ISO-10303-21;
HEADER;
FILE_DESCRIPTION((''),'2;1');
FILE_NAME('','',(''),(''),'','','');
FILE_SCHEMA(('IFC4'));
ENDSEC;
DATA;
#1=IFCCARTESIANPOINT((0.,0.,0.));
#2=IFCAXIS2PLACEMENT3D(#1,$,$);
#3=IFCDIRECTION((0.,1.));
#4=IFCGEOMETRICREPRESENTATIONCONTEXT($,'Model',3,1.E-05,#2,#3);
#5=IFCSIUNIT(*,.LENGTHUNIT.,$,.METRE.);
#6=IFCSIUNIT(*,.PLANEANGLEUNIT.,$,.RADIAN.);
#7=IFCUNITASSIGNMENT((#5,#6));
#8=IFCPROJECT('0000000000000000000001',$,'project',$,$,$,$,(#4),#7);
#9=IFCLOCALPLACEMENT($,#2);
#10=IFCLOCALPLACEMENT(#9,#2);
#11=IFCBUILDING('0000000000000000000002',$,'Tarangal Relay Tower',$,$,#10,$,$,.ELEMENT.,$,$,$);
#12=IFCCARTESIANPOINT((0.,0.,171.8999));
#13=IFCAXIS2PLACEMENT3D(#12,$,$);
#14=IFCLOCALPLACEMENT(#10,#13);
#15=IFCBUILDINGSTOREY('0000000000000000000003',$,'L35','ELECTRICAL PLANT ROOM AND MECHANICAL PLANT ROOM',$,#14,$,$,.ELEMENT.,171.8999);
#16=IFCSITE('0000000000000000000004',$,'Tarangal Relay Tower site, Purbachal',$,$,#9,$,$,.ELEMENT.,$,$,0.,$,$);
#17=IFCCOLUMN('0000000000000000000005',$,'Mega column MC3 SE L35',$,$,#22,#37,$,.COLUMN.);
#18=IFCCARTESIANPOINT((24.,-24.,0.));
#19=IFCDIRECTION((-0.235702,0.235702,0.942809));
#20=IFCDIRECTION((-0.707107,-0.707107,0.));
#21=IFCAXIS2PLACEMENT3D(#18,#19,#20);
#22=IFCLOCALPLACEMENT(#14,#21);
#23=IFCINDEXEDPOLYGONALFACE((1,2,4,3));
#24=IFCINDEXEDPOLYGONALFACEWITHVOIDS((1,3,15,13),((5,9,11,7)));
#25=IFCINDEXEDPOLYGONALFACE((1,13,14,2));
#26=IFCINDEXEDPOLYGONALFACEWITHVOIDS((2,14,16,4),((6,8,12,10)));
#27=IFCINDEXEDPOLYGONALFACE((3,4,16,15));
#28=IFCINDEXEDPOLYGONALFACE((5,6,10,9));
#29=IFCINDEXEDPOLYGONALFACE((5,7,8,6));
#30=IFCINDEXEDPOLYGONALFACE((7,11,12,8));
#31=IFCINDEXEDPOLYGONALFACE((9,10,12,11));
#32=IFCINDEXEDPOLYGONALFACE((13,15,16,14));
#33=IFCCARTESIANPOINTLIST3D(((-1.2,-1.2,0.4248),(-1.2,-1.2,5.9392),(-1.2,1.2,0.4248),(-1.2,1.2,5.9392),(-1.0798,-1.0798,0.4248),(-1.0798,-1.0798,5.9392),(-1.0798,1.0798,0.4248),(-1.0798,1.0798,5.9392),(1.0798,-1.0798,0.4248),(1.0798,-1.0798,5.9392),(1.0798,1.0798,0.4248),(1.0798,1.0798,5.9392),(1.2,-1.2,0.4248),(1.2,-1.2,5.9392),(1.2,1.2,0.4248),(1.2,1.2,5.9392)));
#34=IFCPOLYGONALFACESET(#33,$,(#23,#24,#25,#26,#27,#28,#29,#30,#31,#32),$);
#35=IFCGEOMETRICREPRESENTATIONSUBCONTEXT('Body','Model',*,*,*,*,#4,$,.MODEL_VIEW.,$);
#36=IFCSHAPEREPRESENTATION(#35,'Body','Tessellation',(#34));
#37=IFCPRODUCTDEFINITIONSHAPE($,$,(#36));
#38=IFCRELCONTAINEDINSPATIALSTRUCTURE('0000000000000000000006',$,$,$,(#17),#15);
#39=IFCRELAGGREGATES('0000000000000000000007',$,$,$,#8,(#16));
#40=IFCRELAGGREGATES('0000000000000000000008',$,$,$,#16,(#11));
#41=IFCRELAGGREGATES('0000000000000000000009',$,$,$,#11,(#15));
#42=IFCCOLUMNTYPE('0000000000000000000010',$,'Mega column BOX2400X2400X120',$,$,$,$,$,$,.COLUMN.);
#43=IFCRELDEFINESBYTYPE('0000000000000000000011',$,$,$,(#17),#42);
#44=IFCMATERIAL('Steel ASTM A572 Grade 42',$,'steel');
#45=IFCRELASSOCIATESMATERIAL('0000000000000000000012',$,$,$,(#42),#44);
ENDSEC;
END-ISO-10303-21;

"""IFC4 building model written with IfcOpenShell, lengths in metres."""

from ifc_helpers import new_model, si_unit, direction, frame, origin, origin_2d, place, context, subcontext, project, spatial, hollow_rectangle, extrude, clip, halfspace, material, material_profile, profile_set, type_object, element, save


model = new_model("IFC4")

# Units and contexts
model_context = context("Model", 3, precision=1e-05, world=origin(), true_north=direction((0.0, 1.0)))
body_context = subcontext(model_context, "Body", "Model", "MODEL_VIEW")
ifc_project = project(units=[si_unit("LENGTHUNIT", "METRE"), si_unit("PLANEANGLEUNIT", "RADIAN")], contexts=[model_context])

# Site, building, storey
site_placement = place(None, origin())
site = spatial("IfcSite", under=ifc_project, at=site_placement, Name="Tarangal Relay Tower site, Purbachal", CompositionType="ELEMENT", RefElevation=0.0)
building_placement = place(site_placement, origin())
building = spatial("IfcBuilding", under=site, at=building_placement, Name="Tarangal Relay Tower", CompositionType="ELEMENT")
storey_placement = place(building_placement, frame((0.0, 0.0, 171.8999)))
storey = spatial("IfcBuildingStorey", under=building, at=storey_placement, Name="L35", Description="ELECTRICAL PLANT ROOM AND MECHANICAL PLANT ROOM", CompositionType="ELEMENT", Elevation=171.8999)

# Column
ifc_material_1 = material(Name="Steel ASTM A572 Grade 42", Category="steel")
ifc_material_profile_1 = material_profile(ifc_material_1, hollow_rectangle(XDim=2.3999, YDim=2.3999, WallThickness=0.1201, at=origin_2d()), Name="BOX2400X2400X120")
ifc_profile_set_1 = profile_set([ifc_material_profile_1], Name="Steel ASTM A572 Grade 42")
column_type = type_object("IfcColumnType", Name="Mega column BOX2400X2400X120", PredefinedType="COLUMN", material=ifc_profile_set_1)
column_placement = place(storey_placement, frame((24.0, -24.0, 0.0), z_axis=(-0.235702, 0.235702, 0.942809), x_axis=(-0.707107, -0.707107, 0.0)))
element("IfcColumn", 1, at=column_placement, inside=storey, type_object=column_type, Name="Mega column MC3 SE L35", PredefinedType="COLUMN", context=body_context, shape_type="Clipping", body=[
    clip(clip(extrude(hollow_rectangle(XDim=2.3999, YDim=2.3999, WallThickness=0.1201, at=origin_2d()), origin(), (0.0, 0.0, 1.0), 6.364), halfspace(frame((0.0, 0.0, 0.4248)), True)), halfspace(frame((0.0, 0.0, 5.9392)), False)),
])

save(model, "model.ifc")
